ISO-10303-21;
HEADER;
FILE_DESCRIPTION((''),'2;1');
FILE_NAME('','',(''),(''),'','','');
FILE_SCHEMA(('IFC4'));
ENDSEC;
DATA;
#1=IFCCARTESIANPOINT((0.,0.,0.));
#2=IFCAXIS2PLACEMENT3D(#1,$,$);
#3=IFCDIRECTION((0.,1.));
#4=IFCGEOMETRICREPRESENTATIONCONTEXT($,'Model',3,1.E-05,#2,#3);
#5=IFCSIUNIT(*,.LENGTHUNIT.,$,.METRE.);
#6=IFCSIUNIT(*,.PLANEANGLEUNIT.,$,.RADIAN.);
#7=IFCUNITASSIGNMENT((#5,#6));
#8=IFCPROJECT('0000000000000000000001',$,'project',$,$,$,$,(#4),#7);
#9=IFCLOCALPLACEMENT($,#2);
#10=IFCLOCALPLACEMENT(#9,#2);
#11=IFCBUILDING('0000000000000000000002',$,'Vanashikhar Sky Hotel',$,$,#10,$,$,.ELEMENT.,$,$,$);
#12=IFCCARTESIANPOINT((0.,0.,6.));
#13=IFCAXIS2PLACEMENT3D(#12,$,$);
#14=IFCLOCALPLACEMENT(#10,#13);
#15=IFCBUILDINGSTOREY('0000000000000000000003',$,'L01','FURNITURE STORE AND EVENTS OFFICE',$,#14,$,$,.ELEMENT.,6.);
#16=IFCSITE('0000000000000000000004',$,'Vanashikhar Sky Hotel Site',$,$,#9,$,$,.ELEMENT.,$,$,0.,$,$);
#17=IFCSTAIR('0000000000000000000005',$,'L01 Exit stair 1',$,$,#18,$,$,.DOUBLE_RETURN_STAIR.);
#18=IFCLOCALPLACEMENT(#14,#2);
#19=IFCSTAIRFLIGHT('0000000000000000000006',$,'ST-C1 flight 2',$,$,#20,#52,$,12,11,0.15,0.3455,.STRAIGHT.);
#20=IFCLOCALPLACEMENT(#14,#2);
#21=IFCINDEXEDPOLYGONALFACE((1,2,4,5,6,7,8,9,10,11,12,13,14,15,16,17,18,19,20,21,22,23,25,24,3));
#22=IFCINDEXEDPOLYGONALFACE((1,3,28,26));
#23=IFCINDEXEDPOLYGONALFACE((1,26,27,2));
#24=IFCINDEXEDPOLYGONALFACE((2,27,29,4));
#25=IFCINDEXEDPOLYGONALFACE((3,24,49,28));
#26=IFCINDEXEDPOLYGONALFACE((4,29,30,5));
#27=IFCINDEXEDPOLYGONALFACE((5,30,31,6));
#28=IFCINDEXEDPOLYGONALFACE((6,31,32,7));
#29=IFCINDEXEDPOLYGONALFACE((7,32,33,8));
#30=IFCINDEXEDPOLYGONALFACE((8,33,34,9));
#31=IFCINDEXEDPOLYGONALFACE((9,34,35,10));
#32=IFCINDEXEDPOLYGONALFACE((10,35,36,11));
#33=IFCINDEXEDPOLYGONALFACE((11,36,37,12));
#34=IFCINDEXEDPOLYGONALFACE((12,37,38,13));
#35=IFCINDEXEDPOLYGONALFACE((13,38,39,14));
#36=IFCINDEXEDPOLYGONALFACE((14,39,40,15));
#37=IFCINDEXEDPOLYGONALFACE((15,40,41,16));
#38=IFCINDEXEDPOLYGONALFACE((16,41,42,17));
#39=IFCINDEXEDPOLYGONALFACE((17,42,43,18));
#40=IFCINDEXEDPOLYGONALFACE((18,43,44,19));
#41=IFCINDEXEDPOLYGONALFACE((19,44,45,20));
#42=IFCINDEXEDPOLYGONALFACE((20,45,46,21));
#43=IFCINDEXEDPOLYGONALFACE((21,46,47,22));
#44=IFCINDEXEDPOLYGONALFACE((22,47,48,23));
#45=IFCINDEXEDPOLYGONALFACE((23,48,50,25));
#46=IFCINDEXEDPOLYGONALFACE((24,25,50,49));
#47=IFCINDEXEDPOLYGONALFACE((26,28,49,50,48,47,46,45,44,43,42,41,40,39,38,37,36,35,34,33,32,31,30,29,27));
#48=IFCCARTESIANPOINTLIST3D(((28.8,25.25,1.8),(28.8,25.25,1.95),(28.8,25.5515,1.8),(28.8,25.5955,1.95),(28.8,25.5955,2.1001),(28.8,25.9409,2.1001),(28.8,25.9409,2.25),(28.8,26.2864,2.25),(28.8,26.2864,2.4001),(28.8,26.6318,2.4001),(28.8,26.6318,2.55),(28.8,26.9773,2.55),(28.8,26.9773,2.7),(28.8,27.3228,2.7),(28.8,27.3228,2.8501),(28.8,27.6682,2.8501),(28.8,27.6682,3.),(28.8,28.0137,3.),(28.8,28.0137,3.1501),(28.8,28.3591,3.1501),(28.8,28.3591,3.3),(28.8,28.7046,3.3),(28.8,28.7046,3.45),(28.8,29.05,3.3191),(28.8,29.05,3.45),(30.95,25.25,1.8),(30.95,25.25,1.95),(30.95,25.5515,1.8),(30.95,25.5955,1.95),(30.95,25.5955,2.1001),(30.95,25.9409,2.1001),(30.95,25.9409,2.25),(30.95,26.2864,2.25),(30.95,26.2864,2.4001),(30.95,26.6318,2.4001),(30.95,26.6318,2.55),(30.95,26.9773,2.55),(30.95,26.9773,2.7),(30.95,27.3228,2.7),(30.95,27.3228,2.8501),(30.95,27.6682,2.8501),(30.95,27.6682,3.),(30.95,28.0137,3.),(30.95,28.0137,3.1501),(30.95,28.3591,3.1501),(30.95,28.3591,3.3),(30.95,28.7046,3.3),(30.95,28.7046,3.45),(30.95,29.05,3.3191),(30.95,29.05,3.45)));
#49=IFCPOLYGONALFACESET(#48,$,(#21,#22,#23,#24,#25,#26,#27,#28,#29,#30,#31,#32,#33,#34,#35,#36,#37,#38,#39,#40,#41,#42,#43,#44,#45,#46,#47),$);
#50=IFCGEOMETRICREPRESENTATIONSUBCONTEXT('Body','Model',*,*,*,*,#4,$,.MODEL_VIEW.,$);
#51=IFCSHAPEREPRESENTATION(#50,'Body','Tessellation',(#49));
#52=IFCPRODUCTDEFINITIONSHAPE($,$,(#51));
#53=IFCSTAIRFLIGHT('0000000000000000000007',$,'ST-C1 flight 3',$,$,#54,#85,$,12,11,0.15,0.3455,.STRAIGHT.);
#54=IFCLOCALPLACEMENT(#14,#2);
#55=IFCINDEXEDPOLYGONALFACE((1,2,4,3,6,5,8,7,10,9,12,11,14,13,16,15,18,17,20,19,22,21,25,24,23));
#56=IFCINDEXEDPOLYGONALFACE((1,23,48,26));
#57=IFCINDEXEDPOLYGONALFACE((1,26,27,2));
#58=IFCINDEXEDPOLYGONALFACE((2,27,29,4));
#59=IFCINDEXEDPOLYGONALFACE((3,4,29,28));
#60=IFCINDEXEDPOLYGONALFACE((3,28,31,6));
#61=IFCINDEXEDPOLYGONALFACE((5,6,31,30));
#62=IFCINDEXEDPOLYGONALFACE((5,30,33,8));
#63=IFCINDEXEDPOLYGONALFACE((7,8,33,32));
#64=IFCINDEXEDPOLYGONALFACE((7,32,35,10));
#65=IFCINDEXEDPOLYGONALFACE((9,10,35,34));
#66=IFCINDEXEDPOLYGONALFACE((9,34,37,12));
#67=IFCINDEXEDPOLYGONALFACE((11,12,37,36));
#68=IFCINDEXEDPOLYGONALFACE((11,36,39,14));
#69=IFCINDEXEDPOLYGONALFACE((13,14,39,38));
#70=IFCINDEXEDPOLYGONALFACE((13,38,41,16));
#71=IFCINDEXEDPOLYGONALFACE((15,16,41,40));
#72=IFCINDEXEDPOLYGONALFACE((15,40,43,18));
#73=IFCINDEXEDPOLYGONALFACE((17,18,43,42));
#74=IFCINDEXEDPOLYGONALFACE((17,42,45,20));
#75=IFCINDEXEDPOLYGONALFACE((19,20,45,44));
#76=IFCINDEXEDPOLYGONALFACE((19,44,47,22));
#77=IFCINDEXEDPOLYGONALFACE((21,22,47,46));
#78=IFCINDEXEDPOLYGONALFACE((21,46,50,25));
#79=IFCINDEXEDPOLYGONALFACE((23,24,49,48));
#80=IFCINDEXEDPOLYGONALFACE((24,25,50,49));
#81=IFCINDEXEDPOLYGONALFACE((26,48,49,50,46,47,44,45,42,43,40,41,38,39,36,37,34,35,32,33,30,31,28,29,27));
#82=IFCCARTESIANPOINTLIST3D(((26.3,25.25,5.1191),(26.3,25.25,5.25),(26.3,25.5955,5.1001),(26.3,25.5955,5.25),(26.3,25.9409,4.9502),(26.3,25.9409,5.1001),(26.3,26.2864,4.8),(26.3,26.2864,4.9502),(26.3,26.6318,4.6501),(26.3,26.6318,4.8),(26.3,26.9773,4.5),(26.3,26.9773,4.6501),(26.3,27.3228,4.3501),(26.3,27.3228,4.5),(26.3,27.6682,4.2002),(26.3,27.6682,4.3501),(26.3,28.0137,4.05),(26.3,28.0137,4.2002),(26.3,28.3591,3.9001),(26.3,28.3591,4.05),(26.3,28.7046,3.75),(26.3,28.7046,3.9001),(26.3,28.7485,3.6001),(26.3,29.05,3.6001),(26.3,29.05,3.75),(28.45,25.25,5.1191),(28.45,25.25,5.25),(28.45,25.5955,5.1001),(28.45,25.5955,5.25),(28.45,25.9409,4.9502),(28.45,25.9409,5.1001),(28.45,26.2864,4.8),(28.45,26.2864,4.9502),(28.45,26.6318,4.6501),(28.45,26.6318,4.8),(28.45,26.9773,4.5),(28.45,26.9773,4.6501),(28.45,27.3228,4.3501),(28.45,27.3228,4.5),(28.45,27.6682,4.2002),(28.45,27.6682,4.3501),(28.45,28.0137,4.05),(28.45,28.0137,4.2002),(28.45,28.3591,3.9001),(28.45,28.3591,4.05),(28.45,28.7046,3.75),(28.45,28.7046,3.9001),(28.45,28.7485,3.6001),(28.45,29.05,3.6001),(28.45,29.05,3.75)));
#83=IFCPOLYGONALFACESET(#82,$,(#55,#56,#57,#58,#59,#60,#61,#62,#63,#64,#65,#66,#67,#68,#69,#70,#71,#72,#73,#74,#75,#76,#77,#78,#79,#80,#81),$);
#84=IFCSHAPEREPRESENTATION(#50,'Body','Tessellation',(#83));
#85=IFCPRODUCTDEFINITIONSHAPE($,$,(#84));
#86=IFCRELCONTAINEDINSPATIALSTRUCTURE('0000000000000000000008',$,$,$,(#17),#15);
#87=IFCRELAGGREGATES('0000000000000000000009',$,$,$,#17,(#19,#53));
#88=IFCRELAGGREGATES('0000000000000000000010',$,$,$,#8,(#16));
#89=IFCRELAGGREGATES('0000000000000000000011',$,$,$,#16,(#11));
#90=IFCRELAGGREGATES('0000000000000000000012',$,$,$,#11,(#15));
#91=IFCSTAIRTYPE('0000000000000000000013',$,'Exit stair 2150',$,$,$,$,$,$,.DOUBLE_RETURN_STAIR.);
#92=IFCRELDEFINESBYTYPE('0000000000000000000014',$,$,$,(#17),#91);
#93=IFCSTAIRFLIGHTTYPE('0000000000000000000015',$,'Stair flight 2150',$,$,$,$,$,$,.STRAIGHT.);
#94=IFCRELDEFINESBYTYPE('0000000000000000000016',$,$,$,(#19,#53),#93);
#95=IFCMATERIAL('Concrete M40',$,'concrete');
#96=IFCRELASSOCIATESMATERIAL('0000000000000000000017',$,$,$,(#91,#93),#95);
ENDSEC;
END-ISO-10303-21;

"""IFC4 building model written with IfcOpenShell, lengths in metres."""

from ifc_helpers import new_model, si_unit, direction, frame, origin, place, context, subcontext, project, spatial, polyline, outline, extrude, source, transform, mapped, material, type_object, element, aggregate, save


model = new_model("IFC4")

# Units and contexts
model_context = context("Model", 3, precision=1e-05, world=origin(), true_north=direction((0.0, 1.0)))
body_context = subcontext(model_context, "Body", "Model", "MODEL_VIEW")
ifc_project = project(units=[si_unit("LENGTHUNIT", "METRE"), si_unit("PLANEANGLEUNIT", "RADIAN")], contexts=[model_context])

# Site, building, storey
site_placement = place(None, origin())
site = spatial("IfcSite", under=ifc_project, at=site_placement, Name="Vanashikhar Sky Hotel Site", CompositionType="ELEMENT", RefElevation=0.0)
building_placement = place(site_placement, origin())
building = spatial("IfcBuilding", under=site, at=building_placement, Name="Vanashikhar Sky Hotel", CompositionType="ELEMENT")
storey_placement = place(building_placement, frame((0.0, 0.0, 6.0)))
storey = spatial("IfcBuildingStorey", under=building, at=storey_placement, Name="L01", Description="FURNITURE STORE AND EVENTS OFFICE", CompositionType="ELEMENT", Elevation=6.0)

# Shared definitions
ifc_material_1 = material(Name="Concrete M40", Category="concrete")

# Stair, stair flights
stair_type = type_object("IfcStairType", Name="Exit stair 2150", PredefinedType="DOUBLE_RETURN_STAIR", material=ifc_material_1)
stair_placement = place(storey_placement, origin())
stair = element("IfcStair", 1, at=stair_placement, inside=storey, type_object=stair_type, Name="L01 Exit stair 1", PredefinedType="DOUBLE_RETURN_STAIR")
stair_flight_type = type_object("IfcStairFlightType", Name="Stair flight 2150", PredefinedType="STRAIGHT", material=ifc_material_1)
shared_shape_1 = source(origin(), body_context, "Body", "SweptSolid", [
    extrude(outline(polyline([(0.0, 0.0), (0.0, 0.1499), (0.3455, 0.1499), (0.3455, 0.3), (0.6909, 0.3), (0.6909, 0.45), (1.0364, 0.45), (1.0364, 0.6001), (1.3818, 0.6001), (1.3818, 0.75), (1.7273, 0.75), (1.7273, 0.8999), (2.0728, 0.8999), (2.0728, 1.05), (2.4182, 1.05), (2.4182, 1.2), (2.7637, 1.2), (2.7637, 1.3501), (3.1091, 1.3501), (3.1091, 1.5), (3.4546, 1.5), (3.4546, 1.6499), (3.8, 1.6499), (3.8, 1.8), (3.8, 1.519), (0.3015, 0.0), (0.0, 0.0)])), frame((0.0, 1.075, 0.0), z_axis=(0.0, -1.0, 0.0), x_axis=(1.0, 0.0, 0.0)), (0.0, 0.0, 1.0), 2.1499),
])
stair_flight_1_placement = place(storey_placement, frame((29.875, 25.25, 1.8), z_axis=(0.0, 0.0, 1.0), x_axis=(0.0, 1.0, 0.0)))
stair_flight_1 = element("IfcStairFlight", 2, at=stair_flight_1_placement, type_object=stair_flight_type, Name="ST-C1 flight 2", NumberOfRisers=12, NumberOfTreads=11, PredefinedType="STRAIGHT", RiserHeight=0.15, TreadLength=0.3455, context=body_context, shape_type="MappedRepresentation", body=[
    mapped(shared_shape_1, transform((0.0, 0.0, 0.0), scale=1.0)),
])
stair_flight_2_placement = place(storey_placement, frame((27.375, 29.05, 3.6001), z_axis=(0.0, 0.0, 1.0), x_axis=(0.0, -1.0, 0.0)))
stair_flight_2 = element("IfcStairFlight", 3, at=stair_flight_2_placement, type_object=stair_flight_type, Name="ST-C1 flight 3", NumberOfRisers=12, NumberOfTreads=11, PredefinedType="STRAIGHT", RiserHeight=0.15, TreadLength=0.3455, context=body_context, shape_type="MappedRepresentation", body=[
    mapped(shared_shape_1, transform((0.0, 0.0, 0.0), scale=1.0)),
])
aggregate(stair, [stair_flight_1, stair_flight_2])

save(model, "model.ifc")
